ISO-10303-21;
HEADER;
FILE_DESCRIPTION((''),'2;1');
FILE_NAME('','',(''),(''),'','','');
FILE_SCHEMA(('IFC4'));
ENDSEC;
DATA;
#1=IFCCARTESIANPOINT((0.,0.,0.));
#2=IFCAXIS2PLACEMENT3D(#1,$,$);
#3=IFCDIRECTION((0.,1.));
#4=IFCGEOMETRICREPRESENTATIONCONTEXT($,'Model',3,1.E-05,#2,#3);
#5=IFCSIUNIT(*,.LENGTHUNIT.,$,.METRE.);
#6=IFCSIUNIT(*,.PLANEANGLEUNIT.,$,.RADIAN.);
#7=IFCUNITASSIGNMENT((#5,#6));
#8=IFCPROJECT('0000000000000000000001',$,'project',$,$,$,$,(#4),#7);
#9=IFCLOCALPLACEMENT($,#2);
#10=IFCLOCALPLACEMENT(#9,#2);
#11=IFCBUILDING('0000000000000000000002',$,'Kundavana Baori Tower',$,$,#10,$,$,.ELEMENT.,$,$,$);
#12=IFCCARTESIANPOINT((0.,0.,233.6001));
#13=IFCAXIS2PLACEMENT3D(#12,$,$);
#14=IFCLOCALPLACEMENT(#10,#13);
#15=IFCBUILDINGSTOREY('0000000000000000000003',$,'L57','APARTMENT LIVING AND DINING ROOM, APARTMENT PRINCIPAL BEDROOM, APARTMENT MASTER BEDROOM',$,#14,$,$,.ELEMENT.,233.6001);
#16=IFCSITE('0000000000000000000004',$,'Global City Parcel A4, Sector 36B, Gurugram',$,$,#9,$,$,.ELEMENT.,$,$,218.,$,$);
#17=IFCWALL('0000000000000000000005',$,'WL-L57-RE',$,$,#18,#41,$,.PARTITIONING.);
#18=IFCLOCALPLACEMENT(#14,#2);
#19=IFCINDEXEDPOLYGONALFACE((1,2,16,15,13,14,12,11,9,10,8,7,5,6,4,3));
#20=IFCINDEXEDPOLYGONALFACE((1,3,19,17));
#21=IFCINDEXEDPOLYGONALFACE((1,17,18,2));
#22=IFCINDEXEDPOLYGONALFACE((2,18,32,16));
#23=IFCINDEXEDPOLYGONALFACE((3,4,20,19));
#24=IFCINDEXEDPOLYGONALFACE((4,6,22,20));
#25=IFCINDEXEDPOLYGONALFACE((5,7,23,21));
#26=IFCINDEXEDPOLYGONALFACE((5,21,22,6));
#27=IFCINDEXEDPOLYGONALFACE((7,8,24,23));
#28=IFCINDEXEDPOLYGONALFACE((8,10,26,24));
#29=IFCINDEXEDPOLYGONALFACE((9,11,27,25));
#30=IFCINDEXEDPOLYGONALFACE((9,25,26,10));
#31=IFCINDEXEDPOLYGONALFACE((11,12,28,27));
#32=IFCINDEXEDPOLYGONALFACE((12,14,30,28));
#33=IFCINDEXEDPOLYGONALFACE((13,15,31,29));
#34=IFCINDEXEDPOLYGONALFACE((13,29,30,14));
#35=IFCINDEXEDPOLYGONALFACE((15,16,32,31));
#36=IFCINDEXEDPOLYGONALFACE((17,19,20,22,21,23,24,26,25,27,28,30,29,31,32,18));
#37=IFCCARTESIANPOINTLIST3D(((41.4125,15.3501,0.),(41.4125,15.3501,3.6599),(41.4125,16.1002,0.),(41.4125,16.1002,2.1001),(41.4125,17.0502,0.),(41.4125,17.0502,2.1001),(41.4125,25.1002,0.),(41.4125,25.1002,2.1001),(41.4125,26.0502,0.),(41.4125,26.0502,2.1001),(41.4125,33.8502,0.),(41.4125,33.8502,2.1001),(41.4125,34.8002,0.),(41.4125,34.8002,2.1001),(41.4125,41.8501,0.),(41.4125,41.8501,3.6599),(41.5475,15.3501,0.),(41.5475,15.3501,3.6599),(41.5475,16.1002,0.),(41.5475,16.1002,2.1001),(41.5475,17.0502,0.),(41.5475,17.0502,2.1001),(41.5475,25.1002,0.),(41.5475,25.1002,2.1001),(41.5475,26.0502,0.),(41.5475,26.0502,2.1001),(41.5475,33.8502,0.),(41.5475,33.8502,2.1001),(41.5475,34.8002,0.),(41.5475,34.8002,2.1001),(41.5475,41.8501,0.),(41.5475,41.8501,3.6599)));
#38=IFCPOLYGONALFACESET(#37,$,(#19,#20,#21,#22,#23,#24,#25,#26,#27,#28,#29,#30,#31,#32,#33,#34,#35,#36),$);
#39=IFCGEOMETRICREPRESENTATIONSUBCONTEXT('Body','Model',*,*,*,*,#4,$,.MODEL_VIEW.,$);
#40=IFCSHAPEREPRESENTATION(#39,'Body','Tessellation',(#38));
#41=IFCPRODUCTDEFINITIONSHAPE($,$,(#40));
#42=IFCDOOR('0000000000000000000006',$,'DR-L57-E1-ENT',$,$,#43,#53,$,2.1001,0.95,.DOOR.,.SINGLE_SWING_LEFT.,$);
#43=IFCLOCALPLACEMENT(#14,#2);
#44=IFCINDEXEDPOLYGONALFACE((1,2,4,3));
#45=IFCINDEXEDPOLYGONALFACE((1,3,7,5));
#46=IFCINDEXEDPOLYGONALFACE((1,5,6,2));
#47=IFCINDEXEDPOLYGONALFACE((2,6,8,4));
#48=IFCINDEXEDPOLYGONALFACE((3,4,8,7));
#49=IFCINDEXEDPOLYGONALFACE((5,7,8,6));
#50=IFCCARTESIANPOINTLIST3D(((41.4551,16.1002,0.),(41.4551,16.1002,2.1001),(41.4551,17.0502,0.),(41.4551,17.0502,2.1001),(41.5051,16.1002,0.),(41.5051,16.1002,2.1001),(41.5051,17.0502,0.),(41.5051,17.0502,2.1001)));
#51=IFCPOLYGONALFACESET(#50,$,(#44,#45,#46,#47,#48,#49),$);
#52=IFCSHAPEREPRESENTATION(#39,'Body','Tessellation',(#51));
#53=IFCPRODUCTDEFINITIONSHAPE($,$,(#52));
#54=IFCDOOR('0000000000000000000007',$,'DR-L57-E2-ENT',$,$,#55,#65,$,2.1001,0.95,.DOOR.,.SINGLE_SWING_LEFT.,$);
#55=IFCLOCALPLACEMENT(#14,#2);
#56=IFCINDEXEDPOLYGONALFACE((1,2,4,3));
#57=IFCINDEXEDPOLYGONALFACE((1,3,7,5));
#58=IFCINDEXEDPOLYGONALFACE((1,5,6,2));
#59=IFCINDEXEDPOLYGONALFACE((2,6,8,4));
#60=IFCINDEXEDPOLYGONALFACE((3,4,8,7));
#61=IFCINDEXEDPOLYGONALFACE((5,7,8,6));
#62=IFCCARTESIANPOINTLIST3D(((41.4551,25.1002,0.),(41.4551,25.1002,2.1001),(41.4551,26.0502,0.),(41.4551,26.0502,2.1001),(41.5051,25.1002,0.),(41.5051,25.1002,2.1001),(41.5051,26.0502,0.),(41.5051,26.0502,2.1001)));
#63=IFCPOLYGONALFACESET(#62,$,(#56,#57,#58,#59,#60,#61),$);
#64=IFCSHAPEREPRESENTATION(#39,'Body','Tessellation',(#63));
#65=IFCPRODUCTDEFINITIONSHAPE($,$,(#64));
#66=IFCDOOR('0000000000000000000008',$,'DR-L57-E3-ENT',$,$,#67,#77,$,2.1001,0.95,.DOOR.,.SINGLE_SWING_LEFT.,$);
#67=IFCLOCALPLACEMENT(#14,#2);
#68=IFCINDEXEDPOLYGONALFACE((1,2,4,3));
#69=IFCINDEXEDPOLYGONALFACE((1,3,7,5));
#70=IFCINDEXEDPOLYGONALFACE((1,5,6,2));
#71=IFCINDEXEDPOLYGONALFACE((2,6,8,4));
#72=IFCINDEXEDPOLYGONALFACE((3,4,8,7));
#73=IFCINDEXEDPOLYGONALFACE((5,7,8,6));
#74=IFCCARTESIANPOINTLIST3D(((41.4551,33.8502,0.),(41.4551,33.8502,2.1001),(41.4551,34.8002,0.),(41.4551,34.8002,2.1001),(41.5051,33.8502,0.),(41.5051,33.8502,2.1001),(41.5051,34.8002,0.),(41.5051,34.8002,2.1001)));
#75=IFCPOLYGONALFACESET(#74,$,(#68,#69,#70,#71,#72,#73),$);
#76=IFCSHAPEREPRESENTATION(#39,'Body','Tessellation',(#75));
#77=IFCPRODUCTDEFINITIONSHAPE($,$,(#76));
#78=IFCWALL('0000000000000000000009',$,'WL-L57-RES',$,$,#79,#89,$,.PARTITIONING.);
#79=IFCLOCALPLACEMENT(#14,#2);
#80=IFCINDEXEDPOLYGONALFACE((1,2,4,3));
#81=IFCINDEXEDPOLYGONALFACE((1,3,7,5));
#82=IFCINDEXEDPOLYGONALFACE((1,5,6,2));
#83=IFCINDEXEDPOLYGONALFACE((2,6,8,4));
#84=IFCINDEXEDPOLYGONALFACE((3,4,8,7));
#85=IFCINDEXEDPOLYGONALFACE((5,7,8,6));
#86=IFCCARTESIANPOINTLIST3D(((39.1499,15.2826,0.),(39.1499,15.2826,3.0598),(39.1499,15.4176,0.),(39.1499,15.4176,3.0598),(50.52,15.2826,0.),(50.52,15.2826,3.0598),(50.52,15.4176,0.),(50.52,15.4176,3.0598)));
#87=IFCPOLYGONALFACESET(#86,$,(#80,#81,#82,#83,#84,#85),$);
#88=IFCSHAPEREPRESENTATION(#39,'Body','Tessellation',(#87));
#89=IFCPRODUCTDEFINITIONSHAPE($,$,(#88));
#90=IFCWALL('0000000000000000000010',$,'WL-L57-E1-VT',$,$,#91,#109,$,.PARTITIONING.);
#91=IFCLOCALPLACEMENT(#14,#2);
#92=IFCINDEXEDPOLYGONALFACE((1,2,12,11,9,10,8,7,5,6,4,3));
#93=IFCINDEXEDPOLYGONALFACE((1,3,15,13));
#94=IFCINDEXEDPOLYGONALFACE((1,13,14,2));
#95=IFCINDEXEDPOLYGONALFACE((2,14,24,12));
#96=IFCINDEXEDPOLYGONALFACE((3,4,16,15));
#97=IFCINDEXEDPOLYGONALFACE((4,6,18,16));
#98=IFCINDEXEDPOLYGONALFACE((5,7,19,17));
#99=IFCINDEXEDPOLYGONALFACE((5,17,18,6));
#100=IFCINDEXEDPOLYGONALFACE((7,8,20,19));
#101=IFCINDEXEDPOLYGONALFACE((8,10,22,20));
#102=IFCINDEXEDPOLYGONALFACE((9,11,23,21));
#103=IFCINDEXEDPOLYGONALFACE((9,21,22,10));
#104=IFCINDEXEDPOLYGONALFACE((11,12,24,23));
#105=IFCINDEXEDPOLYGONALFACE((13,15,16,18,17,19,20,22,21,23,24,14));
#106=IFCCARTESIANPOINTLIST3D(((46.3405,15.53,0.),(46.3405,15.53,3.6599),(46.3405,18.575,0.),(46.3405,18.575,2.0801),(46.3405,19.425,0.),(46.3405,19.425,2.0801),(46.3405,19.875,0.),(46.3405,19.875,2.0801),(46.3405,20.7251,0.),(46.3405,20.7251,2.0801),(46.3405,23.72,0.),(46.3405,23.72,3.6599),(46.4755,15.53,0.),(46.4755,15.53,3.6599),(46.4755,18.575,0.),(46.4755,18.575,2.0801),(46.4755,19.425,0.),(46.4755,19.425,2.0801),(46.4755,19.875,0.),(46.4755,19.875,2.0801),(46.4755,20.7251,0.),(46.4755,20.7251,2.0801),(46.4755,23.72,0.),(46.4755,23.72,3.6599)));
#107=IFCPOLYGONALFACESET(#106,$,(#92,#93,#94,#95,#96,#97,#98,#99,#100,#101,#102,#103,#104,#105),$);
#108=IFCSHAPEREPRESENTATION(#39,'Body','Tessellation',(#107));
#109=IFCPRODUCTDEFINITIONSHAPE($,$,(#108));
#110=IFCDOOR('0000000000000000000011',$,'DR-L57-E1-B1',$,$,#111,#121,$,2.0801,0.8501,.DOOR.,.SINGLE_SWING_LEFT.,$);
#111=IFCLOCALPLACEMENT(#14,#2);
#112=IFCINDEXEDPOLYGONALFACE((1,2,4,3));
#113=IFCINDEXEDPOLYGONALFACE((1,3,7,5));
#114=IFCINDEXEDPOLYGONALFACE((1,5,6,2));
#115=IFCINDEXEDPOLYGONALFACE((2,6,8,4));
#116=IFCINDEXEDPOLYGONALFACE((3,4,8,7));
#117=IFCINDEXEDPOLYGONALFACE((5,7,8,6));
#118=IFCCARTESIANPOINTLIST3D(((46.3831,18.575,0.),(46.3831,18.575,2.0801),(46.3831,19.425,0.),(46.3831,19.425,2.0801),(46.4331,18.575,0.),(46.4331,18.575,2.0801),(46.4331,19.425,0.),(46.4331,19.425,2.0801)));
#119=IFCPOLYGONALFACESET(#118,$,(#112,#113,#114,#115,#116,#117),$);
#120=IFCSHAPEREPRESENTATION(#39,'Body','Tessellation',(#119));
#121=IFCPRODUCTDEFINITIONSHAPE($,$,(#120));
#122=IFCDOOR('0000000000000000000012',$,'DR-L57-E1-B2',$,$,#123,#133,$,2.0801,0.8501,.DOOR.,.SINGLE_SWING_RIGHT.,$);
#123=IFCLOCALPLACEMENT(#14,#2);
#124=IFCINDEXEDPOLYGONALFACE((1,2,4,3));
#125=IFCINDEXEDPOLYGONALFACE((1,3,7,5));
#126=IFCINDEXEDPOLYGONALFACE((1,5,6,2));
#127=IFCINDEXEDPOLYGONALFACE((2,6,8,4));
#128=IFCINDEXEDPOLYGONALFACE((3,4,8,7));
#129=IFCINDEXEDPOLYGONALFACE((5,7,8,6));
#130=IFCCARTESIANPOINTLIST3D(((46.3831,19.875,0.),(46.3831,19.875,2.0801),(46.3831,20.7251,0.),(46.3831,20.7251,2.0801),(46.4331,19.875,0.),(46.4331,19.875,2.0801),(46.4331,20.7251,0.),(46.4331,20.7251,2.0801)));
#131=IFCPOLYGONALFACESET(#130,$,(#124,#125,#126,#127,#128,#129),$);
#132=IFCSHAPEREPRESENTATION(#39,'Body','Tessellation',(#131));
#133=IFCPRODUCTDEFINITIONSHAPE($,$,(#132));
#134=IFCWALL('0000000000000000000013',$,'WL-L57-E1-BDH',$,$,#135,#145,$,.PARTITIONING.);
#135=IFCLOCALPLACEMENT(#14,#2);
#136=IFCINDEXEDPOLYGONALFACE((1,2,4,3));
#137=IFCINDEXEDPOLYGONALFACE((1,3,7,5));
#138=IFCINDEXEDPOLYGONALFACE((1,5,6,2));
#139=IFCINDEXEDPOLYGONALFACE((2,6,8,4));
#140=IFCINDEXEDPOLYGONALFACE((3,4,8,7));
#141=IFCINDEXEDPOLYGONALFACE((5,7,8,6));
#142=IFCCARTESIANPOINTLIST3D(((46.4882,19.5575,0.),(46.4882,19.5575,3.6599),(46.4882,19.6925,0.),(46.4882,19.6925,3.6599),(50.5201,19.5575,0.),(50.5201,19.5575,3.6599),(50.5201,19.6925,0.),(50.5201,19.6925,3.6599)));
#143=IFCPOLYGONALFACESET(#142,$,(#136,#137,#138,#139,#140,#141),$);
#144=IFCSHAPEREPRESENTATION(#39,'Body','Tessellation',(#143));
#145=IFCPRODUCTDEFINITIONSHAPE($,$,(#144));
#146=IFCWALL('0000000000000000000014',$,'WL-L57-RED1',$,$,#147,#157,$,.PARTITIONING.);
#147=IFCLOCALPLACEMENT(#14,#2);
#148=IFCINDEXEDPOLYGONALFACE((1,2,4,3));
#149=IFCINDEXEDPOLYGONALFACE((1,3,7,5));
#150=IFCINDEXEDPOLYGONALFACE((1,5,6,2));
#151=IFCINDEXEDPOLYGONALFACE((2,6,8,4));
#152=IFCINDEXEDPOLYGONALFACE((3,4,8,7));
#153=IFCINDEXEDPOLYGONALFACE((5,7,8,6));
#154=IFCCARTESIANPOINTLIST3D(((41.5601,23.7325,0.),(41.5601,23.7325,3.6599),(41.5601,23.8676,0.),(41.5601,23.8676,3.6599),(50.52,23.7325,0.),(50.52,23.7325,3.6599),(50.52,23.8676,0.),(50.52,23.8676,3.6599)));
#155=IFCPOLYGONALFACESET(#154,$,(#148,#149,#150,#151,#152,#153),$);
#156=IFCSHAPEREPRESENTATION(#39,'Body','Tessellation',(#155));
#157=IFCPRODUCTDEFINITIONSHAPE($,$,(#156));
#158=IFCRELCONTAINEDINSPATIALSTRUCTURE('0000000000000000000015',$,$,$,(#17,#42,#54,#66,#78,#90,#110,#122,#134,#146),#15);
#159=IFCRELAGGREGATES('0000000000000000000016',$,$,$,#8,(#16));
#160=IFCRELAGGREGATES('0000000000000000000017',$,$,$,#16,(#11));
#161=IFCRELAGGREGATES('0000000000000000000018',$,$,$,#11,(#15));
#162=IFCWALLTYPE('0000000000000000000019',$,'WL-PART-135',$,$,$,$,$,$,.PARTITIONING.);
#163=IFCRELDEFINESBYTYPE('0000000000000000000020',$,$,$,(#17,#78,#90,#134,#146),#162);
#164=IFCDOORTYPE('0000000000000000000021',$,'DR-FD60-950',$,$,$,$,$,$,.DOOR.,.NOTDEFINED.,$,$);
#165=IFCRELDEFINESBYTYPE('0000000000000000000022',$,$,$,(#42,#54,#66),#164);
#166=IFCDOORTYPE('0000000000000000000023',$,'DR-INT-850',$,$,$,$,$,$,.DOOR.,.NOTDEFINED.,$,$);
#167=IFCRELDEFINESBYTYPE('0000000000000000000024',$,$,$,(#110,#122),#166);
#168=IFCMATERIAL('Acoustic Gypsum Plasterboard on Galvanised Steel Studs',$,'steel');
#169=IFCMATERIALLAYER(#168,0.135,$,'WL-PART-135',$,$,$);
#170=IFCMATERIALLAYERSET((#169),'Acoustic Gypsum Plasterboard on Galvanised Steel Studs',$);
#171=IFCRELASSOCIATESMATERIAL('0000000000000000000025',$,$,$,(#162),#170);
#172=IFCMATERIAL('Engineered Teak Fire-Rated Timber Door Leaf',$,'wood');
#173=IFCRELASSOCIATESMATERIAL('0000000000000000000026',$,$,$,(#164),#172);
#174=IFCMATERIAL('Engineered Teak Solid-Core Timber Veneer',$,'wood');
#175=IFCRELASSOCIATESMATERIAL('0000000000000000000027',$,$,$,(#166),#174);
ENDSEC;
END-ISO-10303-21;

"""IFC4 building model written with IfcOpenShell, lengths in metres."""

from ifc_helpers import new_model, si_unit, direction, frame, frame_2d, origin, place, context, subcontext, project, spatial, rectangle, extrude, material, layer, layer_set, type_object, element, fill, save


model = new_model("IFC4")

# Units and contexts
model_context = context("Model", 3, precision=1e-05, world=origin(), true_north=direction((0.0, 1.0)))
body_context = subcontext(model_context, "Body", "Model", "MODEL_VIEW")
ifc_project = project(units=[si_unit("LENGTHUNIT", "METRE"), si_unit("PLANEANGLEUNIT", "RADIAN")], contexts=[model_context])

# Site, building, storey
site_placement = place(None, origin())
site = spatial("IfcSite", under=ifc_project, at=site_placement, Name="Global City Parcel A4, Sector 36B, Gurugram", CompositionType="ELEMENT", RefElevation=218.0)
building_placement = place(site_placement, origin())
building = spatial("IfcBuilding", under=site, at=building_placement, Name="Kundavana Baori Tower", CompositionType="ELEMENT")
storey_placement = place(building_placement, frame((0.0, 0.0, 233.6001)))
storey = spatial("IfcBuildingStorey", under=building, at=storey_placement, Name="L57", Description="APARTMENT LIVING AND DINING ROOM, APARTMENT PRINCIPAL BEDROOM, APARTMENT MASTER BEDROOM", CompositionType="ELEMENT", Elevation=233.6001)

# Wall, openings, doors
ifc_material_1 = material(Name="Acoustic Gypsum Plasterboard on Galvanised Steel Studs", Category="steel")
ifc_layer_1 = layer(ifc_material_1, 0.135, Name="WL-PART-135")
ifc_layer_set_1 = layer_set([ifc_layer_1], Name="Acoustic Gypsum Plasterboard on Galvanised Steel Studs")
wall_type_1 = type_object("IfcWallType", Name="WL-PART-135", PredefinedType="PARTITIONING", material=ifc_layer_set_1)
wall_1_placement = place(storey_placement, frame((41.48, 15.3501, 0.0), z_axis=(0.0, 0.0, 1.0), x_axis=(0.0, 1.0, 0.0)))
wall_1 = element("IfcWall", 1, at=wall_1_placement, inside=storey, type_object=wall_type_1, Name="WL-L57-RE", PredefinedType="PARTITIONING", context=body_context, shape_type="SweptSolid", body=[
    extrude(rectangle(XDim=26.5, YDim=0.135, at=frame_2d((13.25, 0.0))), origin(), (0.0, 0.0, 1.0), 3.6599),
])
opening_1_placement = place(wall_1_placement, frame((0.75, 0.0, 0.0)))
opening_1 = element("IfcOpeningElement", 2, at=opening_1_placement, cuts=wall_1, PredefinedType="OPENING", context=body_context, shape_type="SweptSolid", body=[
    extrude(rectangle(XDim=0.95, YDim=2.1001, at=frame_2d((0.4751, 1.05))), frame((0.0, 0.0776, 0.0), z_axis=(0.0, -1.0, 0.0), x_axis=(1.0, 0.0, 0.0)), (0.0, 0.0, 1.0), 0.155),
])
opening_2_placement = place(wall_1_placement, frame((9.75, 0.0, 0.0)))
opening_2 = element("IfcOpeningElement", 3, at=opening_2_placement, cuts=wall_1, PredefinedType="OPENING", context=body_context, shape_type="SweptSolid", body=[
    extrude(rectangle(XDim=0.95, YDim=2.1001, at=frame_2d((0.4751, 1.05))), frame((0.0, 0.0776, 0.0), z_axis=(0.0, -1.0, 0.0), x_axis=(1.0, 0.0, 0.0)), (0.0, 0.0, 1.0), 0.155),
])
opening_3_placement = place(wall_1_placement, frame((18.5, 0.0, 0.0)))
opening_3 = element("IfcOpeningElement", 4, at=opening_3_placement, cuts=wall_1, PredefinedType="OPENING", context=body_context, shape_type="SweptSolid", body=[
    extrude(rectangle(XDim=0.95, YDim=2.1001, at=frame_2d((0.4751, 1.05))), frame((0.0, 0.0776, 0.0), z_axis=(0.0, -1.0, 0.0), x_axis=(1.0, 0.0, 0.0)), (0.0, 0.0, 1.0), 0.155),
])
ifc_material_2 = material(Name="Engineered Teak Fire-Rated Timber Door Leaf", Category="wood")
door_type_1 = type_object("IfcDoorType", Name="DR-FD60-950", OperationType="NOTDEFINED", PredefinedType="DOOR", material=ifc_material_2)
door_1_placement = place(opening_1_placement, origin())
door_1 = element("IfcDoor", 5, at=door_1_placement, inside=storey, type_object=door_type_1, Name="DR-L57-E1-ENT", OperationType="SINGLE_SWING_LEFT", OverallHeight=2.1001, OverallWidth=0.95, PredefinedType="DOOR", context=body_context, shape_type="SweptSolid", body=[
    extrude(rectangle(XDim=0.95, YDim=2.1001, at=frame_2d((0.4751, 1.05))), frame((0.0, 0.0249, 0.0), z_axis=(0.0, -1.0, 0.0), x_axis=(1.0, 0.0, 0.0)), (0.0, 0.0, 1.0), 0.05),
])
fill(opening_1, door_1)
door_2_placement = place(opening_2_placement, origin())
door_2 = element("IfcDoor", 6, at=door_2_placement, inside=storey, type_object=door_type_1, Name="DR-L57-E2-ENT", OperationType="SINGLE_SWING_LEFT", OverallHeight=2.1001, OverallWidth=0.95, PredefinedType="DOOR", context=body_context, shape_type="SweptSolid", body=[
    extrude(rectangle(XDim=0.95, YDim=2.1001, at=frame_2d((0.4751, 1.05))), frame((0.0, 0.0249, 0.0), z_axis=(0.0, -1.0, 0.0), x_axis=(1.0, 0.0, 0.0)), (0.0, 0.0, 1.0), 0.05),
])
fill(opening_2, door_2)
door_3_placement = place(opening_3_placement, origin())
door_3 = element("IfcDoor", 7, at=door_3_placement, inside=storey, type_object=door_type_1, Name="DR-L57-E3-ENT", OperationType="SINGLE_SWING_LEFT", OverallHeight=2.1001, OverallWidth=0.95, PredefinedType="DOOR", context=body_context, shape_type="SweptSolid", body=[
    extrude(rectangle(XDim=0.95, YDim=2.1001, at=frame_2d((0.4751, 1.05))), frame((0.0, 0.0249, 0.0), z_axis=(0.0, -1.0, 0.0), x_axis=(1.0, 0.0, 0.0)), (0.0, 0.0, 1.0), 0.05),
])
fill(opening_3, door_3)

# Wall
wall_2_placement = place(storey_placement, frame((39.1499, 15.3501, 0.0), z_axis=(0.0, 0.0, 1.0), x_axis=(1.0, 0.0, 0.0)))
element("IfcWall", 8, at=wall_2_placement, inside=storey, type_object=wall_type_1, Name="WL-L57-RES", PredefinedType="PARTITIONING", context=body_context, shape_type="SweptSolid", body=[
    extrude(rectangle(XDim=11.3701, YDim=0.135, at=frame_2d((5.6851, 0.0))), origin(), (0.0, 0.0, 1.0), 3.0598),
])

# Wall, openings, doors
wall_3_placement = place(storey_placement, frame((46.408, 15.53, 0.0), z_axis=(0.0, 0.0, 1.0), x_axis=(0.0, 1.0, 0.0)))
wall_3 = element("IfcWall", 9, at=wall_3_placement, inside=storey, type_object=wall_type_1, Name="WL-L57-E1-VT", PredefinedType="PARTITIONING", context=body_context, shape_type="SweptSolid", body=[
    extrude(rectangle(XDim=8.1899, YDim=0.135, at=frame_2d((4.095, 0.0))), origin(), (0.0, 0.0, 1.0), 3.6599),
])
opening_4_placement = place(wall_3_placement, frame((3.0449, 0.0, 0.0)))
opening_4 = element("IfcOpeningElement", 10, at=opening_4_placement, cuts=wall_3, PredefinedType="OPENING", context=body_context, shape_type="SweptSolid", body=[
    extrude(rectangle(XDim=0.8501, YDim=2.0801, at=frame_2d((0.425, 1.04))), frame((0.0, 0.0776, 0.0), z_axis=(0.0, -1.0, 0.0), x_axis=(1.0, 0.0, 0.0)), (0.0, 0.0, 1.0), 0.155),
])
opening_5_placement = place(wall_3_placement, frame((4.345, 0.0, 0.0)))
opening_5 = element("IfcOpeningElement", 11, at=opening_5_placement, cuts=wall_3, PredefinedType="OPENING", context=body_context, shape_type="SweptSolid", body=[
    extrude(rectangle(XDim=0.8501, YDim=2.0801, at=frame_2d((0.425, 1.04))), frame((0.0, 0.0776, 0.0), z_axis=(0.0, -1.0, 0.0), x_axis=(1.0, 0.0, 0.0)), (0.0, 0.0, 1.0), 0.155),
])
ifc_material_3 = material(Name="Engineered Teak Solid-Core Timber Veneer", Category="wood")
door_type_2 = type_object("IfcDoorType", Name="DR-INT-850", OperationType="NOTDEFINED", PredefinedType="DOOR", material=ifc_material_3)
door_4_placement = place(opening_4_placement, origin())
door_4 = element("IfcDoor", 12, at=door_4_placement, inside=storey, type_object=door_type_2, Name="DR-L57-E1-B1", OperationType="SINGLE_SWING_LEFT", OverallHeight=2.0801, OverallWidth=0.8501, PredefinedType="DOOR", context=body_context, shape_type="SweptSolid", body=[
    extrude(rectangle(XDim=0.8501, YDim=2.0801, at=frame_2d((0.425, 1.04))), frame((0.0, 0.0249, 0.0), z_axis=(0.0, -1.0, 0.0), x_axis=(1.0, 0.0, 0.0)), (0.0, 0.0, 1.0), 0.05),
])
fill(opening_4, door_4)
door_5_placement = place(opening_5_placement, origin())
door_5 = element("IfcDoor", 13, at=door_5_placement, inside=storey, type_object=door_type_2, Name="DR-L57-E1-B2", OperationType="SINGLE_SWING_RIGHT", OverallHeight=2.0801, OverallWidth=0.8501, PredefinedType="DOOR", context=body_context, shape_type="SweptSolid", body=[
    extrude(rectangle(XDim=0.8501, YDim=2.0801, at=frame_2d((0.425, 1.04))), frame((0.0, 0.0249, 0.0), z_axis=(0.0, -1.0, 0.0), x_axis=(1.0, 0.0, 0.0)), (0.0, 0.0, 1.0), 0.05),
])
fill(opening_5, door_5)

# Walls
wall_4_placement = place(storey_placement, frame((46.488, 19.625, 0.0), z_axis=(0.0, 0.0, 1.0), x_axis=(1.0, 0.0, 0.0)))
element("IfcWall", 14, at=wall_4_placement, inside=storey, type_object=wall_type_1, Name="WL-L57-E1-BDH", PredefinedType="PARTITIONING", context=body_context, shape_type="SweptSolid", body=[
    extrude(rectangle(XDim=4.032, YDim=0.135, at=frame_2d((2.0161, 0.0))), origin(), (0.0, 0.0, 1.0), 3.6599),
])
wall_5_placement = place(storey_placement, frame((41.5601, 23.8, 0.0), z_axis=(0.0, 0.0, 1.0), x_axis=(1.0, 0.0, 0.0)))
element("IfcWall", 15, at=wall_5_placement, inside=storey, type_object=wall_type_1, Name="WL-L57-RED1", PredefinedType="PARTITIONING", context=body_context, shape_type="SweptSolid", body=[
    extrude(rectangle(XDim=8.96, YDim=0.135, at=frame_2d((4.48, 0.0))), origin(), (0.0, 0.0, 1.0), 3.6599),
])

save(model, "model.ifc")
